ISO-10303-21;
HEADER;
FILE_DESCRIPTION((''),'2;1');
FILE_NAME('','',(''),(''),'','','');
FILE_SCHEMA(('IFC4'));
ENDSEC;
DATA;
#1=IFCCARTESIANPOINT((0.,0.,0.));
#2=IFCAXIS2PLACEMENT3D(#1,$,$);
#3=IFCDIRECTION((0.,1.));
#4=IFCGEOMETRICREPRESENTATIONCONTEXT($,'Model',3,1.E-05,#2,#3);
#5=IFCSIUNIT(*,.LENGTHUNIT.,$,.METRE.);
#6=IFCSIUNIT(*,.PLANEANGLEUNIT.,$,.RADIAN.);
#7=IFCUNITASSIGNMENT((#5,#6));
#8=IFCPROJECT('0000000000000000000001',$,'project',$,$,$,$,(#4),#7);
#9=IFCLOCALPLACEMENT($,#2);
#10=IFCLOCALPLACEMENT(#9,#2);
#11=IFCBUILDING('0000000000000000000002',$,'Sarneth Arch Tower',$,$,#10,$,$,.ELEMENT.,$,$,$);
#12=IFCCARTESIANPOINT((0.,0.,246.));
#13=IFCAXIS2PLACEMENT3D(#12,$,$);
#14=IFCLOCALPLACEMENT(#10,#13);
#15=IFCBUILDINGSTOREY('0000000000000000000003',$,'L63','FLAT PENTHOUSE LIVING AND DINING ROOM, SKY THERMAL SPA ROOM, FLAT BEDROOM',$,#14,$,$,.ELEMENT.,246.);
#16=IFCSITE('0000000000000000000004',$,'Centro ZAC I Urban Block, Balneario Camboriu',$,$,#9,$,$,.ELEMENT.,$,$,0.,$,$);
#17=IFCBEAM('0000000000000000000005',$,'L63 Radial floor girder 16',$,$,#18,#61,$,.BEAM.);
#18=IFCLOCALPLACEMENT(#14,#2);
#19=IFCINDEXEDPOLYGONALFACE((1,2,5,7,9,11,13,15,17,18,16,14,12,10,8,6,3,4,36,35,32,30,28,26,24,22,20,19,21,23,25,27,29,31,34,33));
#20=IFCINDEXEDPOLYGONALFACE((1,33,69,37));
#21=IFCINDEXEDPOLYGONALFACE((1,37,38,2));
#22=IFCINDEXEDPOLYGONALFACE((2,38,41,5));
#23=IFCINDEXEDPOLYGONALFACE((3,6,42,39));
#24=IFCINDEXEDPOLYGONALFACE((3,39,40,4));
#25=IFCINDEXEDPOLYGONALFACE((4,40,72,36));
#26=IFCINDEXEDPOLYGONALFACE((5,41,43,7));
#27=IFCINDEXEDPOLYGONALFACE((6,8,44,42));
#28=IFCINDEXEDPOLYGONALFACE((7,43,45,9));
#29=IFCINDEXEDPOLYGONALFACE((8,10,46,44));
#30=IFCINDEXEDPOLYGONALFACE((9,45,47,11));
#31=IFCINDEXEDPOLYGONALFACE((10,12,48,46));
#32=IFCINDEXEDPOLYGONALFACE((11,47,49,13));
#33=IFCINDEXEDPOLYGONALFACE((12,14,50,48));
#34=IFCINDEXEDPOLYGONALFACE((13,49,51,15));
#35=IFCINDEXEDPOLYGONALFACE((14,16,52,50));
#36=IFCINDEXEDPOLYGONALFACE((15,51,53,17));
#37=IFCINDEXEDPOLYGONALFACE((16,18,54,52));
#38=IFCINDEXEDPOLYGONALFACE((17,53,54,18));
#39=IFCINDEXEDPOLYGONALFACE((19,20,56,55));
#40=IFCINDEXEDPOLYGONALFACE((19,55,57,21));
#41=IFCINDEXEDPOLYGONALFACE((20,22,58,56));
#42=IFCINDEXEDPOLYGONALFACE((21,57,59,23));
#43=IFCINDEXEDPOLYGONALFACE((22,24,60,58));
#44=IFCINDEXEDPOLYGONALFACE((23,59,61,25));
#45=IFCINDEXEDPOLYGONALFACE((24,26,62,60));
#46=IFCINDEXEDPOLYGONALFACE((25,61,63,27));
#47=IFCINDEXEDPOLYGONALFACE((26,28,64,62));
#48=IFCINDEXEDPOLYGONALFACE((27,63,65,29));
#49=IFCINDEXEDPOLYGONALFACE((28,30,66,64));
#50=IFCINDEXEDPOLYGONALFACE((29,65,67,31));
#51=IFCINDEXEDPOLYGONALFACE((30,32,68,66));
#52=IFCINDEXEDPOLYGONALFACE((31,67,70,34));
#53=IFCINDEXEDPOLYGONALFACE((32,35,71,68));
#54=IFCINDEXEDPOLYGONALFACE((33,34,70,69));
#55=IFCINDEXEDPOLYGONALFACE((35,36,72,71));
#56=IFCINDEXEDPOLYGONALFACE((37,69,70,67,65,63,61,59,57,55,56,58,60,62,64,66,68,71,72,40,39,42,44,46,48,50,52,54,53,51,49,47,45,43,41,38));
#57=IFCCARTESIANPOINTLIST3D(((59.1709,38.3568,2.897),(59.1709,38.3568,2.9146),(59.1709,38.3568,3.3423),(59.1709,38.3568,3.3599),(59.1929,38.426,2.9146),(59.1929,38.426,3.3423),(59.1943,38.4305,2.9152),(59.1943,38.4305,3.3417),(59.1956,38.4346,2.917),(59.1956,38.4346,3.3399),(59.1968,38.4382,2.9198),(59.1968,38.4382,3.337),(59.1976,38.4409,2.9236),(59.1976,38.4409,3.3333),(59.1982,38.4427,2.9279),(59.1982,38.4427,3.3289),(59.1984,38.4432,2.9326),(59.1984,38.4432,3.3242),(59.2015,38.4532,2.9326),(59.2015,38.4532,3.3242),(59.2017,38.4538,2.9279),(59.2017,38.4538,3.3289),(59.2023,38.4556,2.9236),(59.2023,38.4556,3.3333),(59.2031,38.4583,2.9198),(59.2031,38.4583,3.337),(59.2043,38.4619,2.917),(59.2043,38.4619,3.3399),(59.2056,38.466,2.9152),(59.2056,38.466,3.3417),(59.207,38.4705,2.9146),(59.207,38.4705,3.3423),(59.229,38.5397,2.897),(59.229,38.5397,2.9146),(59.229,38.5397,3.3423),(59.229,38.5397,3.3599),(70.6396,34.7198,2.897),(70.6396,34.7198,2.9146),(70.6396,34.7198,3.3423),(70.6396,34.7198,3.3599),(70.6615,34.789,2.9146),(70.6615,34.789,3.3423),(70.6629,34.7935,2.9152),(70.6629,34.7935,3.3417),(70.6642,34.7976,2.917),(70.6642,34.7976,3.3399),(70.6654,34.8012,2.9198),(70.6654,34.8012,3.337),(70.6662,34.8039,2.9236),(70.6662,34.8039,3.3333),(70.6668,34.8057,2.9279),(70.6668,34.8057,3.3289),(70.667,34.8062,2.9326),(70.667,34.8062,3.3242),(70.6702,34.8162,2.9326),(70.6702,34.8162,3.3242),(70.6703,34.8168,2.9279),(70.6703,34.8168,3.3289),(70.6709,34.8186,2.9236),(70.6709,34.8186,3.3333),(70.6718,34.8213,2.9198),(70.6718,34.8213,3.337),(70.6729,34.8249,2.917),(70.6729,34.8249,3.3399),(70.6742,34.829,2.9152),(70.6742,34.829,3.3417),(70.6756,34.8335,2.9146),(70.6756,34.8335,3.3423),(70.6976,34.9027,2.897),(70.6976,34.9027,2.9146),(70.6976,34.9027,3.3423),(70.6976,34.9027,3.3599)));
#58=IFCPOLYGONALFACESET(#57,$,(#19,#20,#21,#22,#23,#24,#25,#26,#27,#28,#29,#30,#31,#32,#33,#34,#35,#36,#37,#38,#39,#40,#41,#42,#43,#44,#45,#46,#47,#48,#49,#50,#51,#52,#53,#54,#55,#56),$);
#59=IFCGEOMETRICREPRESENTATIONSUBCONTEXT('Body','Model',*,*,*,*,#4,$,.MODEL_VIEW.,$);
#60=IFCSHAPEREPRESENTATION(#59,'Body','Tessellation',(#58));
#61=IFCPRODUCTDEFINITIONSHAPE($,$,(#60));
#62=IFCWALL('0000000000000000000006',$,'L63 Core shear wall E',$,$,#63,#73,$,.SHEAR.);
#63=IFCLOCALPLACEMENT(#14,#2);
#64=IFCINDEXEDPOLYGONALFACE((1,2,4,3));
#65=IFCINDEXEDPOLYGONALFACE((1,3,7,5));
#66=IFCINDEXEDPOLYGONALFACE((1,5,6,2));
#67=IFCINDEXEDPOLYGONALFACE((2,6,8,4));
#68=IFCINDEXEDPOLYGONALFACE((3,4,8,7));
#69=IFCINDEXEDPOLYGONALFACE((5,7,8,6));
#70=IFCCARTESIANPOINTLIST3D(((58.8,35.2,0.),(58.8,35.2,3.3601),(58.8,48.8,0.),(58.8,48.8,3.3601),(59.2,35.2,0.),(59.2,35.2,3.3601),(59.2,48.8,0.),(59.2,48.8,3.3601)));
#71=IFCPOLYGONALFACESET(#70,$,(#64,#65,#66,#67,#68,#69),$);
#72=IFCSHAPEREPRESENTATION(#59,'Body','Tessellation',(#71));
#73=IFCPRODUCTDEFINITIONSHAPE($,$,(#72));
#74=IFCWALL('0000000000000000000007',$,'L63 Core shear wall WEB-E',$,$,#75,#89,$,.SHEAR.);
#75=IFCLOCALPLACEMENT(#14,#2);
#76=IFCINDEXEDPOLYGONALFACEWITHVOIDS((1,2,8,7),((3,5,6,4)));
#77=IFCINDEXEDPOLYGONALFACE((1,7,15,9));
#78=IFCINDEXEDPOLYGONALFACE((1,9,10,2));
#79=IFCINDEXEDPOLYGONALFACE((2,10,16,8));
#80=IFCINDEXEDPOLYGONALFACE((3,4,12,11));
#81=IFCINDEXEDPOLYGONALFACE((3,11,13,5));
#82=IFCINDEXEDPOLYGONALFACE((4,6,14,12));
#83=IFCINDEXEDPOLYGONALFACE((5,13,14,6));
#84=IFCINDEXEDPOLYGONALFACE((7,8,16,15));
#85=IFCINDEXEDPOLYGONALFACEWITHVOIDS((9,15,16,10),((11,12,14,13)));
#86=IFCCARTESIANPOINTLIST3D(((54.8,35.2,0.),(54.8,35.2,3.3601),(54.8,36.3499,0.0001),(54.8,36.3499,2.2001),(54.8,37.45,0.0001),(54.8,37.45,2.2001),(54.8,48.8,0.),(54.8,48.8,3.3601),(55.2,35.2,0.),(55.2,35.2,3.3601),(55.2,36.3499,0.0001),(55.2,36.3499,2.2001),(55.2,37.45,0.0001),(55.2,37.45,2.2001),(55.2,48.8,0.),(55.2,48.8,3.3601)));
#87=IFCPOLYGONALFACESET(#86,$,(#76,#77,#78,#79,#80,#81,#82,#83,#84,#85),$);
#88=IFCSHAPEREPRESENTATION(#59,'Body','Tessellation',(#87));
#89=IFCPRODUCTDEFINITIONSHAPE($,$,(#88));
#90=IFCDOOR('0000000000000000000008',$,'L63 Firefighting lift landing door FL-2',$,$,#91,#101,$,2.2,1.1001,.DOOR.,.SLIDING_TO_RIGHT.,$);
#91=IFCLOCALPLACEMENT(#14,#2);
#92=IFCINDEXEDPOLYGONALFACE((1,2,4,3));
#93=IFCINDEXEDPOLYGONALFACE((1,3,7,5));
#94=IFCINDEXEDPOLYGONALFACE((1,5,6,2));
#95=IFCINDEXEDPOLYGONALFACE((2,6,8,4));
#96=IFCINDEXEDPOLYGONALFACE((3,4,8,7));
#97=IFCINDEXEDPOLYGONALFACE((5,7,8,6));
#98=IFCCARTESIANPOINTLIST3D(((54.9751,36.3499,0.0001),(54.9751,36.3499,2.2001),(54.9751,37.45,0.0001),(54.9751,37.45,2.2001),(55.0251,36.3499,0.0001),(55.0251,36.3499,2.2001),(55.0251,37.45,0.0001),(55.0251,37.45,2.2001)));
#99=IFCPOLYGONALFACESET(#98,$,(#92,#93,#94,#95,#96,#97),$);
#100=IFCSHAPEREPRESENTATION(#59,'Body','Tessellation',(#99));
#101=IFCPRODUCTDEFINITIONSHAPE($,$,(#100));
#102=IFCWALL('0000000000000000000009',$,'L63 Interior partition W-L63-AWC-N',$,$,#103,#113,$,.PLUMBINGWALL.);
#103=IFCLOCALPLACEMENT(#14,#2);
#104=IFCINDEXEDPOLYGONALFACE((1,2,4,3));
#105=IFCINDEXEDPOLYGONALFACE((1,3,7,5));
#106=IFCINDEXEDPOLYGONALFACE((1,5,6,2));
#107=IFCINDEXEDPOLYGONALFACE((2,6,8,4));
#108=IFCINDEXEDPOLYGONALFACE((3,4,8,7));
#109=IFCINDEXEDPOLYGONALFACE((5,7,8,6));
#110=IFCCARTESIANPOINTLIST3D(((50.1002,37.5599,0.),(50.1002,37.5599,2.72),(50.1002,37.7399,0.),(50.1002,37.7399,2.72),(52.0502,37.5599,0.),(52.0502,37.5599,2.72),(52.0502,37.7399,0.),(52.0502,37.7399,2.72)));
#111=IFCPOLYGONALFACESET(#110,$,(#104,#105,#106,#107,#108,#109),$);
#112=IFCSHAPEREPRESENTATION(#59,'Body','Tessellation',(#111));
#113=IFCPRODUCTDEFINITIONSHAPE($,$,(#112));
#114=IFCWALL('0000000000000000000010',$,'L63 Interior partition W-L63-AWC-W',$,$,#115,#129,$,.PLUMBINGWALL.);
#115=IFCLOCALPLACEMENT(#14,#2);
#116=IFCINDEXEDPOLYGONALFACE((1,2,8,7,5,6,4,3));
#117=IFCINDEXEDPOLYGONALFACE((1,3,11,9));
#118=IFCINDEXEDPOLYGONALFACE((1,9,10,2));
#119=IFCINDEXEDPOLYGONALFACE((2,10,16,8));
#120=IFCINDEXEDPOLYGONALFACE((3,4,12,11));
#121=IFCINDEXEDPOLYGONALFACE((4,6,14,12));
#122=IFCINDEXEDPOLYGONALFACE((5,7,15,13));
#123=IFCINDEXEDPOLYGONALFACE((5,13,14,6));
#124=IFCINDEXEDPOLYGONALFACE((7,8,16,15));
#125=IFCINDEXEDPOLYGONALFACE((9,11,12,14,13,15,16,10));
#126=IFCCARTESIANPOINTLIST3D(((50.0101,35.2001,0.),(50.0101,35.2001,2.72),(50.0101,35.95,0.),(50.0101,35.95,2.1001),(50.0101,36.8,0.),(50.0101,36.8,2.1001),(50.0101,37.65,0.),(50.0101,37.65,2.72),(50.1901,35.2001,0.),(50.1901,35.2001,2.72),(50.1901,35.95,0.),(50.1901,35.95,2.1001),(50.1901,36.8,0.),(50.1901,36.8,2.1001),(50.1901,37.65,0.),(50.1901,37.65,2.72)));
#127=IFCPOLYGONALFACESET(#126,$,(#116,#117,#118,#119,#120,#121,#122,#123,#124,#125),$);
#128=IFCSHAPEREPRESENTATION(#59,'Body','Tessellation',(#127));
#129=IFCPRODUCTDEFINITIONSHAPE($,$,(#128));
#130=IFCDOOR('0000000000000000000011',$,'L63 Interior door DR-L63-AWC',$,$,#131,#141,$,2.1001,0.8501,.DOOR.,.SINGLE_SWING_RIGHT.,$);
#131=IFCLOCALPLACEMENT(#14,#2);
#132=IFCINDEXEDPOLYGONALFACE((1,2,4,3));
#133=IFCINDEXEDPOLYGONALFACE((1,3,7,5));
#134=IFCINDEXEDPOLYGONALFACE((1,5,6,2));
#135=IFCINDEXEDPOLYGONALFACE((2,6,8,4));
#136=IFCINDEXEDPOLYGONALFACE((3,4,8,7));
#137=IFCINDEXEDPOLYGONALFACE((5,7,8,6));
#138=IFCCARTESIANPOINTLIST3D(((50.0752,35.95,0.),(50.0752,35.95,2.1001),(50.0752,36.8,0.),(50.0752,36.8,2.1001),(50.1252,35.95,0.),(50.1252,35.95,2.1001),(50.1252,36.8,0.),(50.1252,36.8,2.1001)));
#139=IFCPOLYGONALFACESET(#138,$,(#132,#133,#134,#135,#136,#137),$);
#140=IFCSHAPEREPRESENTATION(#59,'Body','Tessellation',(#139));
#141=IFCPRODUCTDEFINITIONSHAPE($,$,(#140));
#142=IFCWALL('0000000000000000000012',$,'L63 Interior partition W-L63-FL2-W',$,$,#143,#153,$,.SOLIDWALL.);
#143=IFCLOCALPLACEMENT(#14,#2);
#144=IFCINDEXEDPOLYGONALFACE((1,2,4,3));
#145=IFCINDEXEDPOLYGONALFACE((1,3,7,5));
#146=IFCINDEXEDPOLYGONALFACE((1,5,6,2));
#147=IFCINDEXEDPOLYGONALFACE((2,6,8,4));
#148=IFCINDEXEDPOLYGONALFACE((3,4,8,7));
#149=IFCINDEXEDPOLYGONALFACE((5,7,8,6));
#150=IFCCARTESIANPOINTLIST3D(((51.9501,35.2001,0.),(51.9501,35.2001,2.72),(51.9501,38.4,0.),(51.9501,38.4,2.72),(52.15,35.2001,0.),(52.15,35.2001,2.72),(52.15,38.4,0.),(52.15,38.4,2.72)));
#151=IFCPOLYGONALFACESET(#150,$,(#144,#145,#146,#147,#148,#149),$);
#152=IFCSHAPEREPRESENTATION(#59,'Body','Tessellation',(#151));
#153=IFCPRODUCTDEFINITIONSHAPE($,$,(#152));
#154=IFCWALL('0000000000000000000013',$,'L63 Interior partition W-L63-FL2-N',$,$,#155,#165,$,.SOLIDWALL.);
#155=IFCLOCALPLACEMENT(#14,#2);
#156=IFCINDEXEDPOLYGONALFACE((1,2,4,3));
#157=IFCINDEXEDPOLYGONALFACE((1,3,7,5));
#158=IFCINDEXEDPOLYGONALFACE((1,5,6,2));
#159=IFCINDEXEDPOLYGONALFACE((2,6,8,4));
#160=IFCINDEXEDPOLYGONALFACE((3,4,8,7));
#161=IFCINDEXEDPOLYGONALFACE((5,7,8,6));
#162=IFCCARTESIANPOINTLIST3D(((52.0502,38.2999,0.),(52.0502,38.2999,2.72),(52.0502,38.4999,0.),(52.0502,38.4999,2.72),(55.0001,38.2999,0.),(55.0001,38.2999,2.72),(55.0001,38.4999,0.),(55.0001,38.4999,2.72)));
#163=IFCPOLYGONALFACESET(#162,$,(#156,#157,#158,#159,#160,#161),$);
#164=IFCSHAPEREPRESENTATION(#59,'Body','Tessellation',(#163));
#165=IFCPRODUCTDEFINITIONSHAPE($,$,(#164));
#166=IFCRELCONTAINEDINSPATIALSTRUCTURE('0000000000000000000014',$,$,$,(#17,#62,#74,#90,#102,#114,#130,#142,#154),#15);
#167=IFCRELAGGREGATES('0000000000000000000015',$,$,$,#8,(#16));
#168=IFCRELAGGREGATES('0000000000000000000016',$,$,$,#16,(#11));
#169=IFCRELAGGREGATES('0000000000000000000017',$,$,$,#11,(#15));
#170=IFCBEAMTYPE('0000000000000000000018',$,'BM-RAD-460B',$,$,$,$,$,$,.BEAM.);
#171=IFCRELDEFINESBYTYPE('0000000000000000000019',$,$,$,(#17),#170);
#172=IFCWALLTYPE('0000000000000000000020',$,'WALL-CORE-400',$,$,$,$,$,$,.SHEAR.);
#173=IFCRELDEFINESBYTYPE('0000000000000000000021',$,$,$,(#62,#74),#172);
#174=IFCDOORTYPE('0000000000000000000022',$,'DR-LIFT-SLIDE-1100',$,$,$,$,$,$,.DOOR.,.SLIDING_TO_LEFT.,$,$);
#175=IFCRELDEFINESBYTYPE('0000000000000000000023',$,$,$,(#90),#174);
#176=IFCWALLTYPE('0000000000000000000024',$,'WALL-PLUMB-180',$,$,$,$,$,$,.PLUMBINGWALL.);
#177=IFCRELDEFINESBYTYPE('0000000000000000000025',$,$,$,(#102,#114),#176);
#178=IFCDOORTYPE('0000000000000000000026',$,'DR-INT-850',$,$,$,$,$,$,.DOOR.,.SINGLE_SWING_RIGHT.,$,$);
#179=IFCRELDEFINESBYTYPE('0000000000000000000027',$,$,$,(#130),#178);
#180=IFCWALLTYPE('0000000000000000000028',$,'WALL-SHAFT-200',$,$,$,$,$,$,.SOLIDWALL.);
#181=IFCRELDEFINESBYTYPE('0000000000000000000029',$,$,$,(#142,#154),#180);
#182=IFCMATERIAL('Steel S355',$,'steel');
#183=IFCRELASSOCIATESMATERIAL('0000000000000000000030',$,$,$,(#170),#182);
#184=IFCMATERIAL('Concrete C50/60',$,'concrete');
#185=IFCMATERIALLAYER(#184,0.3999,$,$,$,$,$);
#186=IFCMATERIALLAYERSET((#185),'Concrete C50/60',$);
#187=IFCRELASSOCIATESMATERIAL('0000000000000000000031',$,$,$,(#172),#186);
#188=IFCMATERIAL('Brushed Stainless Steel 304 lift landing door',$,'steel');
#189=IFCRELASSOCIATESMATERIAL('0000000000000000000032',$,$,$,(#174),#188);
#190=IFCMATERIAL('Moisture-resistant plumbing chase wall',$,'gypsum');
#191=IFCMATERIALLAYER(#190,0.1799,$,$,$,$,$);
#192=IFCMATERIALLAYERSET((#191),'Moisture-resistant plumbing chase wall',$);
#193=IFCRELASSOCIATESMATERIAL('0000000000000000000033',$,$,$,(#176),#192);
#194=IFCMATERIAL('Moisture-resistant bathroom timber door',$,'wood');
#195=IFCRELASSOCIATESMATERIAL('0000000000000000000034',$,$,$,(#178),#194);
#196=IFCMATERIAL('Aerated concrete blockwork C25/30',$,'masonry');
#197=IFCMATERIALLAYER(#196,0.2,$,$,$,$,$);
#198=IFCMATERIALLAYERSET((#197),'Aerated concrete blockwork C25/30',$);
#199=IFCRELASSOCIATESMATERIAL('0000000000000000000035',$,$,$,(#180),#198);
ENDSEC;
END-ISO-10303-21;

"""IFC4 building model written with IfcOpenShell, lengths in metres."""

from ifc_helpers import new_model, si_unit, direction, frame, frame_2d, origin, origin_2d, place, context, subcontext, project, spatial, rectangle, i_section, extrude, material, layer, layer_set, material_profile, profile_set, type_object, element, fill, save


model = new_model("IFC4")

# Units and contexts
model_context = context("Model", 3, precision=1e-05, world=origin(), true_north=direction((0.0, 1.0)))
body_context = subcontext(model_context, "Body", "Model", "MODEL_VIEW")
ifc_project = project(units=[si_unit("LENGTHUNIT", "METRE"), si_unit("PLANEANGLEUNIT", "RADIAN")], contexts=[model_context])

# Site, building, storey
site_placement = place(None, origin())
site = spatial("IfcSite", under=ifc_project, at=site_placement, Name="Centro ZAC I Urban Block, Balneario Camboriu", CompositionType="ELEMENT", RefElevation=0.0)
building_placement = place(site_placement, origin())
building = spatial("IfcBuilding", under=site, at=building_placement, Name="Sarneth Arch Tower", CompositionType="ELEMENT")
storey_placement = place(building_placement, frame((0.0, 0.0, 246.0)))
storey = spatial("IfcBuildingStorey", under=building, at=storey_placement, Name="L63", Description="FLAT PENTHOUSE LIVING AND DINING ROOM, SKY THERMAL SPA ROOM, FLAT BEDROOM", CompositionType="ELEMENT", Elevation=246.0)

# Beam
ifc_material_1 = material(Name="Steel S355", Category="steel")
ifc_material_profile_1 = material_profile(ifc_material_1, i_section(OverallWidth=0.1919, OverallDepth=0.4629, WebThickness=0.0105, FlangeThickness=0.0176, FilletRadius=0.0181, at=origin_2d()), Name="W460x89")
ifc_profile_set_1 = profile_set([ifc_material_profile_1], Name="Steel S355")
beam_type_1 = type_object("IfcBeamType", Name="BM-RAD-460B", PredefinedType="BEAM", material=ifc_profile_set_1)
beam_1_placement = place(storey_placement, frame((59.2, 38.4482, 3.1284), z_axis=(0.953216, -0.30229, 0.0), x_axis=(0.30229, 0.953216, 0.0)))
element("IfcBeam", 1, at=beam_1_placement, inside=storey, type_object=beam_type_1, Name="L63 Radial floor girder 16", PredefinedType="BEAM", context=body_context, shape_type="SweptSolid", body=[
    extrude(i_section(OverallWidth=0.1919, OverallDepth=0.4629, WebThickness=0.0105, FlangeThickness=0.0176, FilletRadius=0.0181, at=origin_2d()), origin(), (0.0, 0.0, 1.0), 12.0315),
])

# Shared definitions
ifc_material_2 = material(Name="Concrete C50/60", Category="concrete")
ifc_layer_1 = layer(ifc_material_2, 0.3999)
ifc_layer_set_1 = layer_set([ifc_layer_1], Name="Concrete C50/60")
wall_type_1 = type_object("IfcWallType", Name="WALL-CORE-400", PredefinedType="SHEAR", material=ifc_layer_set_1)

# Wall
wall_1_placement = place(storey_placement, frame((59.0, 35.2, 0.0), z_axis=(0.0, 0.0, 1.0), x_axis=(0.0, 1.0, 0.0)))
element("IfcWall", 2, at=wall_1_placement, inside=storey, type_object=wall_type_1, Name="L63 Core shear wall E", PredefinedType="SHEAR", context=body_context, shape_type="SweptSolid", body=[
    extrude(rectangle(XDim=13.6001, YDim=0.3999, at=frame_2d((6.8, 0.0))), origin(), (0.0, 0.0, 1.0), 3.3601),
])

# Wall, opening, door
wall_2_placement = place(storey_placement, frame((55.0, 35.2, 0.0), z_axis=(0.0, 0.0, 1.0), x_axis=(0.0, 1.0, 0.0)))
wall_2 = element("IfcWall", 3, at=wall_2_placement, inside=storey, type_object=wall_type_1, Name="L63 Core shear wall WEB-E", PredefinedType="SHEAR", context=body_context, shape_type="SweptSolid", body=[
    extrude(rectangle(XDim=13.6001, YDim=0.3999, at=frame_2d((6.8, 0.0))), origin(), (0.0, 0.0, 1.0), 3.3601),
])
opening_1_placement = place(wall_2_placement, frame((1.1499, 0.0, 0.0)))
opening_1 = element("IfcOpeningElement", 4, at=opening_1_placement, cuts=wall_2, PredefinedType="OPENING", context=body_context, shape_type="SweptSolid", body=[
    extrude(rectangle(XDim=1.1001, YDim=2.2, at=frame_2d((0.55, 1.1001))), frame((0.0, 0.21, 0.0), z_axis=(0.0, -1.0, 0.0), x_axis=(1.0, 0.0, 0.0)), (0.0, 0.0, 1.0), 0.4199),
])
ifc_material_3 = material(Name="Brushed Stainless Steel 304 lift landing door", Category="steel")
door_type_1 = type_object("IfcDoorType", Name="DR-LIFT-SLIDE-1100", OperationType="SLIDING_TO_LEFT", PredefinedType="DOOR", material=ifc_material_3)
door_1_placement = place(opening_1_placement, origin())
door_1 = element("IfcDoor", 5, at=door_1_placement, inside=storey, type_object=door_type_1, Name="L63 Firefighting lift landing door FL-2", OperationType="SLIDING_TO_RIGHT", OverallHeight=2.2, OverallWidth=1.1001, PredefinedType="DOOR", context=body_context, shape_type="SweptSolid", body=[
    extrude(rectangle(XDim=1.1001, YDim=2.2, at=frame_2d((0.55, 1.1001))), frame((0.0, 0.0249, 0.0), z_axis=(0.0, -1.0, 0.0), x_axis=(1.0, 0.0, 0.0)), (0.0, 0.0, 1.0), 0.05),
])
fill(opening_1, door_1)

# Wall
ifc_material_4 = material(Name="Moisture-resistant plumbing chase wall", Category="gypsum")
ifc_layer_2 = layer(ifc_material_4, 0.1799)
ifc_layer_set_2 = layer_set([ifc_layer_2], Name="Moisture-resistant plumbing chase wall")
wall_type_2 = type_object("IfcWallType", Name="WALL-PLUMB-180", PredefinedType="PLUMBINGWALL", material=ifc_layer_set_2)
wall_3_placement = place(storey_placement, frame((50.1001, 37.6499, 0.0), z_axis=(0.0, 0.0, 1.0), x_axis=(1.0, 0.0, 0.0)))
element("IfcWall", 6, at=wall_3_placement, inside=storey, type_object=wall_type_2, Name="L63 Interior partition W-L63-AWC-N", PredefinedType="PLUMBINGWALL", context=body_context, shape_type="SweptSolid", body=[
    extrude(rectangle(XDim=1.95, YDim=0.1799, at=frame_2d((0.9751, 0.0))), origin(), (0.0, 0.0, 1.0), 2.72),
])

# Wall, opening, door
wall_4_placement = place(storey_placement, frame((50.1001, 35.2, 0.0), z_axis=(0.0, 0.0, 1.0), x_axis=(0.0, 1.0, 0.0)))
wall_4 = element("IfcWall", 7, at=wall_4_placement, inside=storey, type_object=wall_type_2, Name="L63 Interior partition W-L63-AWC-W", PredefinedType="PLUMBINGWALL", context=body_context, shape_type="SweptSolid", body=[
    extrude(rectangle(XDim=2.45, YDim=0.1799, at=frame_2d((1.2251, 0.0))), origin(), (0.0, 0.0, 1.0), 2.72),
])
opening_2_placement = place(wall_4_placement, frame((0.75, 0.0, 0.0)))
opening_2 = element("IfcOpeningElement", 8, at=opening_2_placement, cuts=wall_4, PredefinedType="OPENING", context=body_context, shape_type="SweptSolid", body=[
    extrude(rectangle(XDim=0.8501, YDim=2.1001, at=frame_2d((0.425, 1.05))), frame((0.0, 0.0999, 0.0), z_axis=(0.0, -1.0, 0.0), x_axis=(1.0, 0.0, 0.0)), (0.0, 0.0, 1.0), 0.2),
])
ifc_material_5 = material(Name="Moisture-resistant bathroom timber door", Category="wood")
door_type_2 = type_object("IfcDoorType", Name="DR-INT-850", OperationType="SINGLE_SWING_RIGHT", PredefinedType="DOOR", material=ifc_material_5)
door_2_placement = place(opening_2_placement, origin())
door_2 = element("IfcDoor", 9, at=door_2_placement, inside=storey, type_object=door_type_2, Name="L63 Interior door DR-L63-AWC", OperationType="SINGLE_SWING_RIGHT", OverallHeight=2.1001, OverallWidth=0.8501, PredefinedType="DOOR", context=body_context, shape_type="SweptSolid", body=[
    extrude(rectangle(XDim=0.8501, YDim=2.1001, at=frame_2d((0.425, 1.05))), frame((0.0, 0.0249, 0.0), z_axis=(0.0, -1.0, 0.0), x_axis=(1.0, 0.0, 0.0)), (0.0, 0.0, 1.0), 0.05),
])
fill(opening_2, door_2)
ifc_material_6 = material(Name="Aerated concrete blockwork C25/30", Category="masonry")
ifc_layer_3 = layer(ifc_material_6, 0.2)
ifc_layer_set_3 = layer_set([ifc_layer_3], Name="Aerated concrete blockwork C25/30")
wall_type_3 = type_object("IfcWallType", Name="WALL-SHAFT-200", PredefinedType="SOLIDWALL", material=ifc_layer_set_3)

# Walls
wall_5_placement = place(storey_placement, frame((52.05, 35.2, 0.0), z_axis=(0.0, 0.0, 1.0), x_axis=(0.0, 1.0, 0.0)))
element("IfcWall", 10, at=wall_5_placement, inside=storey, type_object=wall_type_3, Name="L63 Interior partition W-L63-FL2-W", PredefinedType="SOLIDWALL", context=body_context, shape_type="SweptSolid", body=[
    extrude(rectangle(XDim=3.2, YDim=0.2, at=frame_2d((1.6001, 0.0))), origin(), (0.0, 0.0, 1.0), 2.72),
])
wall_6_placement = place(storey_placement, frame((52.05, 38.3999, 0.0), z_axis=(0.0, 0.0, 1.0), x_axis=(1.0, 0.0, 0.0)))
element("IfcWall", 11, at=wall_6_placement, inside=storey, type_object=wall_type_3, Name="L63 Interior partition W-L63-FL2-N", PredefinedType="SOLIDWALL", context=body_context, shape_type="SweptSolid", body=[
    extrude(rectangle(XDim=2.95, YDim=0.2, at=frame_2d((1.4751, 0.0))), origin(), (0.0, 0.0, 1.0), 2.72),
])

save(model, "model.ifc")
